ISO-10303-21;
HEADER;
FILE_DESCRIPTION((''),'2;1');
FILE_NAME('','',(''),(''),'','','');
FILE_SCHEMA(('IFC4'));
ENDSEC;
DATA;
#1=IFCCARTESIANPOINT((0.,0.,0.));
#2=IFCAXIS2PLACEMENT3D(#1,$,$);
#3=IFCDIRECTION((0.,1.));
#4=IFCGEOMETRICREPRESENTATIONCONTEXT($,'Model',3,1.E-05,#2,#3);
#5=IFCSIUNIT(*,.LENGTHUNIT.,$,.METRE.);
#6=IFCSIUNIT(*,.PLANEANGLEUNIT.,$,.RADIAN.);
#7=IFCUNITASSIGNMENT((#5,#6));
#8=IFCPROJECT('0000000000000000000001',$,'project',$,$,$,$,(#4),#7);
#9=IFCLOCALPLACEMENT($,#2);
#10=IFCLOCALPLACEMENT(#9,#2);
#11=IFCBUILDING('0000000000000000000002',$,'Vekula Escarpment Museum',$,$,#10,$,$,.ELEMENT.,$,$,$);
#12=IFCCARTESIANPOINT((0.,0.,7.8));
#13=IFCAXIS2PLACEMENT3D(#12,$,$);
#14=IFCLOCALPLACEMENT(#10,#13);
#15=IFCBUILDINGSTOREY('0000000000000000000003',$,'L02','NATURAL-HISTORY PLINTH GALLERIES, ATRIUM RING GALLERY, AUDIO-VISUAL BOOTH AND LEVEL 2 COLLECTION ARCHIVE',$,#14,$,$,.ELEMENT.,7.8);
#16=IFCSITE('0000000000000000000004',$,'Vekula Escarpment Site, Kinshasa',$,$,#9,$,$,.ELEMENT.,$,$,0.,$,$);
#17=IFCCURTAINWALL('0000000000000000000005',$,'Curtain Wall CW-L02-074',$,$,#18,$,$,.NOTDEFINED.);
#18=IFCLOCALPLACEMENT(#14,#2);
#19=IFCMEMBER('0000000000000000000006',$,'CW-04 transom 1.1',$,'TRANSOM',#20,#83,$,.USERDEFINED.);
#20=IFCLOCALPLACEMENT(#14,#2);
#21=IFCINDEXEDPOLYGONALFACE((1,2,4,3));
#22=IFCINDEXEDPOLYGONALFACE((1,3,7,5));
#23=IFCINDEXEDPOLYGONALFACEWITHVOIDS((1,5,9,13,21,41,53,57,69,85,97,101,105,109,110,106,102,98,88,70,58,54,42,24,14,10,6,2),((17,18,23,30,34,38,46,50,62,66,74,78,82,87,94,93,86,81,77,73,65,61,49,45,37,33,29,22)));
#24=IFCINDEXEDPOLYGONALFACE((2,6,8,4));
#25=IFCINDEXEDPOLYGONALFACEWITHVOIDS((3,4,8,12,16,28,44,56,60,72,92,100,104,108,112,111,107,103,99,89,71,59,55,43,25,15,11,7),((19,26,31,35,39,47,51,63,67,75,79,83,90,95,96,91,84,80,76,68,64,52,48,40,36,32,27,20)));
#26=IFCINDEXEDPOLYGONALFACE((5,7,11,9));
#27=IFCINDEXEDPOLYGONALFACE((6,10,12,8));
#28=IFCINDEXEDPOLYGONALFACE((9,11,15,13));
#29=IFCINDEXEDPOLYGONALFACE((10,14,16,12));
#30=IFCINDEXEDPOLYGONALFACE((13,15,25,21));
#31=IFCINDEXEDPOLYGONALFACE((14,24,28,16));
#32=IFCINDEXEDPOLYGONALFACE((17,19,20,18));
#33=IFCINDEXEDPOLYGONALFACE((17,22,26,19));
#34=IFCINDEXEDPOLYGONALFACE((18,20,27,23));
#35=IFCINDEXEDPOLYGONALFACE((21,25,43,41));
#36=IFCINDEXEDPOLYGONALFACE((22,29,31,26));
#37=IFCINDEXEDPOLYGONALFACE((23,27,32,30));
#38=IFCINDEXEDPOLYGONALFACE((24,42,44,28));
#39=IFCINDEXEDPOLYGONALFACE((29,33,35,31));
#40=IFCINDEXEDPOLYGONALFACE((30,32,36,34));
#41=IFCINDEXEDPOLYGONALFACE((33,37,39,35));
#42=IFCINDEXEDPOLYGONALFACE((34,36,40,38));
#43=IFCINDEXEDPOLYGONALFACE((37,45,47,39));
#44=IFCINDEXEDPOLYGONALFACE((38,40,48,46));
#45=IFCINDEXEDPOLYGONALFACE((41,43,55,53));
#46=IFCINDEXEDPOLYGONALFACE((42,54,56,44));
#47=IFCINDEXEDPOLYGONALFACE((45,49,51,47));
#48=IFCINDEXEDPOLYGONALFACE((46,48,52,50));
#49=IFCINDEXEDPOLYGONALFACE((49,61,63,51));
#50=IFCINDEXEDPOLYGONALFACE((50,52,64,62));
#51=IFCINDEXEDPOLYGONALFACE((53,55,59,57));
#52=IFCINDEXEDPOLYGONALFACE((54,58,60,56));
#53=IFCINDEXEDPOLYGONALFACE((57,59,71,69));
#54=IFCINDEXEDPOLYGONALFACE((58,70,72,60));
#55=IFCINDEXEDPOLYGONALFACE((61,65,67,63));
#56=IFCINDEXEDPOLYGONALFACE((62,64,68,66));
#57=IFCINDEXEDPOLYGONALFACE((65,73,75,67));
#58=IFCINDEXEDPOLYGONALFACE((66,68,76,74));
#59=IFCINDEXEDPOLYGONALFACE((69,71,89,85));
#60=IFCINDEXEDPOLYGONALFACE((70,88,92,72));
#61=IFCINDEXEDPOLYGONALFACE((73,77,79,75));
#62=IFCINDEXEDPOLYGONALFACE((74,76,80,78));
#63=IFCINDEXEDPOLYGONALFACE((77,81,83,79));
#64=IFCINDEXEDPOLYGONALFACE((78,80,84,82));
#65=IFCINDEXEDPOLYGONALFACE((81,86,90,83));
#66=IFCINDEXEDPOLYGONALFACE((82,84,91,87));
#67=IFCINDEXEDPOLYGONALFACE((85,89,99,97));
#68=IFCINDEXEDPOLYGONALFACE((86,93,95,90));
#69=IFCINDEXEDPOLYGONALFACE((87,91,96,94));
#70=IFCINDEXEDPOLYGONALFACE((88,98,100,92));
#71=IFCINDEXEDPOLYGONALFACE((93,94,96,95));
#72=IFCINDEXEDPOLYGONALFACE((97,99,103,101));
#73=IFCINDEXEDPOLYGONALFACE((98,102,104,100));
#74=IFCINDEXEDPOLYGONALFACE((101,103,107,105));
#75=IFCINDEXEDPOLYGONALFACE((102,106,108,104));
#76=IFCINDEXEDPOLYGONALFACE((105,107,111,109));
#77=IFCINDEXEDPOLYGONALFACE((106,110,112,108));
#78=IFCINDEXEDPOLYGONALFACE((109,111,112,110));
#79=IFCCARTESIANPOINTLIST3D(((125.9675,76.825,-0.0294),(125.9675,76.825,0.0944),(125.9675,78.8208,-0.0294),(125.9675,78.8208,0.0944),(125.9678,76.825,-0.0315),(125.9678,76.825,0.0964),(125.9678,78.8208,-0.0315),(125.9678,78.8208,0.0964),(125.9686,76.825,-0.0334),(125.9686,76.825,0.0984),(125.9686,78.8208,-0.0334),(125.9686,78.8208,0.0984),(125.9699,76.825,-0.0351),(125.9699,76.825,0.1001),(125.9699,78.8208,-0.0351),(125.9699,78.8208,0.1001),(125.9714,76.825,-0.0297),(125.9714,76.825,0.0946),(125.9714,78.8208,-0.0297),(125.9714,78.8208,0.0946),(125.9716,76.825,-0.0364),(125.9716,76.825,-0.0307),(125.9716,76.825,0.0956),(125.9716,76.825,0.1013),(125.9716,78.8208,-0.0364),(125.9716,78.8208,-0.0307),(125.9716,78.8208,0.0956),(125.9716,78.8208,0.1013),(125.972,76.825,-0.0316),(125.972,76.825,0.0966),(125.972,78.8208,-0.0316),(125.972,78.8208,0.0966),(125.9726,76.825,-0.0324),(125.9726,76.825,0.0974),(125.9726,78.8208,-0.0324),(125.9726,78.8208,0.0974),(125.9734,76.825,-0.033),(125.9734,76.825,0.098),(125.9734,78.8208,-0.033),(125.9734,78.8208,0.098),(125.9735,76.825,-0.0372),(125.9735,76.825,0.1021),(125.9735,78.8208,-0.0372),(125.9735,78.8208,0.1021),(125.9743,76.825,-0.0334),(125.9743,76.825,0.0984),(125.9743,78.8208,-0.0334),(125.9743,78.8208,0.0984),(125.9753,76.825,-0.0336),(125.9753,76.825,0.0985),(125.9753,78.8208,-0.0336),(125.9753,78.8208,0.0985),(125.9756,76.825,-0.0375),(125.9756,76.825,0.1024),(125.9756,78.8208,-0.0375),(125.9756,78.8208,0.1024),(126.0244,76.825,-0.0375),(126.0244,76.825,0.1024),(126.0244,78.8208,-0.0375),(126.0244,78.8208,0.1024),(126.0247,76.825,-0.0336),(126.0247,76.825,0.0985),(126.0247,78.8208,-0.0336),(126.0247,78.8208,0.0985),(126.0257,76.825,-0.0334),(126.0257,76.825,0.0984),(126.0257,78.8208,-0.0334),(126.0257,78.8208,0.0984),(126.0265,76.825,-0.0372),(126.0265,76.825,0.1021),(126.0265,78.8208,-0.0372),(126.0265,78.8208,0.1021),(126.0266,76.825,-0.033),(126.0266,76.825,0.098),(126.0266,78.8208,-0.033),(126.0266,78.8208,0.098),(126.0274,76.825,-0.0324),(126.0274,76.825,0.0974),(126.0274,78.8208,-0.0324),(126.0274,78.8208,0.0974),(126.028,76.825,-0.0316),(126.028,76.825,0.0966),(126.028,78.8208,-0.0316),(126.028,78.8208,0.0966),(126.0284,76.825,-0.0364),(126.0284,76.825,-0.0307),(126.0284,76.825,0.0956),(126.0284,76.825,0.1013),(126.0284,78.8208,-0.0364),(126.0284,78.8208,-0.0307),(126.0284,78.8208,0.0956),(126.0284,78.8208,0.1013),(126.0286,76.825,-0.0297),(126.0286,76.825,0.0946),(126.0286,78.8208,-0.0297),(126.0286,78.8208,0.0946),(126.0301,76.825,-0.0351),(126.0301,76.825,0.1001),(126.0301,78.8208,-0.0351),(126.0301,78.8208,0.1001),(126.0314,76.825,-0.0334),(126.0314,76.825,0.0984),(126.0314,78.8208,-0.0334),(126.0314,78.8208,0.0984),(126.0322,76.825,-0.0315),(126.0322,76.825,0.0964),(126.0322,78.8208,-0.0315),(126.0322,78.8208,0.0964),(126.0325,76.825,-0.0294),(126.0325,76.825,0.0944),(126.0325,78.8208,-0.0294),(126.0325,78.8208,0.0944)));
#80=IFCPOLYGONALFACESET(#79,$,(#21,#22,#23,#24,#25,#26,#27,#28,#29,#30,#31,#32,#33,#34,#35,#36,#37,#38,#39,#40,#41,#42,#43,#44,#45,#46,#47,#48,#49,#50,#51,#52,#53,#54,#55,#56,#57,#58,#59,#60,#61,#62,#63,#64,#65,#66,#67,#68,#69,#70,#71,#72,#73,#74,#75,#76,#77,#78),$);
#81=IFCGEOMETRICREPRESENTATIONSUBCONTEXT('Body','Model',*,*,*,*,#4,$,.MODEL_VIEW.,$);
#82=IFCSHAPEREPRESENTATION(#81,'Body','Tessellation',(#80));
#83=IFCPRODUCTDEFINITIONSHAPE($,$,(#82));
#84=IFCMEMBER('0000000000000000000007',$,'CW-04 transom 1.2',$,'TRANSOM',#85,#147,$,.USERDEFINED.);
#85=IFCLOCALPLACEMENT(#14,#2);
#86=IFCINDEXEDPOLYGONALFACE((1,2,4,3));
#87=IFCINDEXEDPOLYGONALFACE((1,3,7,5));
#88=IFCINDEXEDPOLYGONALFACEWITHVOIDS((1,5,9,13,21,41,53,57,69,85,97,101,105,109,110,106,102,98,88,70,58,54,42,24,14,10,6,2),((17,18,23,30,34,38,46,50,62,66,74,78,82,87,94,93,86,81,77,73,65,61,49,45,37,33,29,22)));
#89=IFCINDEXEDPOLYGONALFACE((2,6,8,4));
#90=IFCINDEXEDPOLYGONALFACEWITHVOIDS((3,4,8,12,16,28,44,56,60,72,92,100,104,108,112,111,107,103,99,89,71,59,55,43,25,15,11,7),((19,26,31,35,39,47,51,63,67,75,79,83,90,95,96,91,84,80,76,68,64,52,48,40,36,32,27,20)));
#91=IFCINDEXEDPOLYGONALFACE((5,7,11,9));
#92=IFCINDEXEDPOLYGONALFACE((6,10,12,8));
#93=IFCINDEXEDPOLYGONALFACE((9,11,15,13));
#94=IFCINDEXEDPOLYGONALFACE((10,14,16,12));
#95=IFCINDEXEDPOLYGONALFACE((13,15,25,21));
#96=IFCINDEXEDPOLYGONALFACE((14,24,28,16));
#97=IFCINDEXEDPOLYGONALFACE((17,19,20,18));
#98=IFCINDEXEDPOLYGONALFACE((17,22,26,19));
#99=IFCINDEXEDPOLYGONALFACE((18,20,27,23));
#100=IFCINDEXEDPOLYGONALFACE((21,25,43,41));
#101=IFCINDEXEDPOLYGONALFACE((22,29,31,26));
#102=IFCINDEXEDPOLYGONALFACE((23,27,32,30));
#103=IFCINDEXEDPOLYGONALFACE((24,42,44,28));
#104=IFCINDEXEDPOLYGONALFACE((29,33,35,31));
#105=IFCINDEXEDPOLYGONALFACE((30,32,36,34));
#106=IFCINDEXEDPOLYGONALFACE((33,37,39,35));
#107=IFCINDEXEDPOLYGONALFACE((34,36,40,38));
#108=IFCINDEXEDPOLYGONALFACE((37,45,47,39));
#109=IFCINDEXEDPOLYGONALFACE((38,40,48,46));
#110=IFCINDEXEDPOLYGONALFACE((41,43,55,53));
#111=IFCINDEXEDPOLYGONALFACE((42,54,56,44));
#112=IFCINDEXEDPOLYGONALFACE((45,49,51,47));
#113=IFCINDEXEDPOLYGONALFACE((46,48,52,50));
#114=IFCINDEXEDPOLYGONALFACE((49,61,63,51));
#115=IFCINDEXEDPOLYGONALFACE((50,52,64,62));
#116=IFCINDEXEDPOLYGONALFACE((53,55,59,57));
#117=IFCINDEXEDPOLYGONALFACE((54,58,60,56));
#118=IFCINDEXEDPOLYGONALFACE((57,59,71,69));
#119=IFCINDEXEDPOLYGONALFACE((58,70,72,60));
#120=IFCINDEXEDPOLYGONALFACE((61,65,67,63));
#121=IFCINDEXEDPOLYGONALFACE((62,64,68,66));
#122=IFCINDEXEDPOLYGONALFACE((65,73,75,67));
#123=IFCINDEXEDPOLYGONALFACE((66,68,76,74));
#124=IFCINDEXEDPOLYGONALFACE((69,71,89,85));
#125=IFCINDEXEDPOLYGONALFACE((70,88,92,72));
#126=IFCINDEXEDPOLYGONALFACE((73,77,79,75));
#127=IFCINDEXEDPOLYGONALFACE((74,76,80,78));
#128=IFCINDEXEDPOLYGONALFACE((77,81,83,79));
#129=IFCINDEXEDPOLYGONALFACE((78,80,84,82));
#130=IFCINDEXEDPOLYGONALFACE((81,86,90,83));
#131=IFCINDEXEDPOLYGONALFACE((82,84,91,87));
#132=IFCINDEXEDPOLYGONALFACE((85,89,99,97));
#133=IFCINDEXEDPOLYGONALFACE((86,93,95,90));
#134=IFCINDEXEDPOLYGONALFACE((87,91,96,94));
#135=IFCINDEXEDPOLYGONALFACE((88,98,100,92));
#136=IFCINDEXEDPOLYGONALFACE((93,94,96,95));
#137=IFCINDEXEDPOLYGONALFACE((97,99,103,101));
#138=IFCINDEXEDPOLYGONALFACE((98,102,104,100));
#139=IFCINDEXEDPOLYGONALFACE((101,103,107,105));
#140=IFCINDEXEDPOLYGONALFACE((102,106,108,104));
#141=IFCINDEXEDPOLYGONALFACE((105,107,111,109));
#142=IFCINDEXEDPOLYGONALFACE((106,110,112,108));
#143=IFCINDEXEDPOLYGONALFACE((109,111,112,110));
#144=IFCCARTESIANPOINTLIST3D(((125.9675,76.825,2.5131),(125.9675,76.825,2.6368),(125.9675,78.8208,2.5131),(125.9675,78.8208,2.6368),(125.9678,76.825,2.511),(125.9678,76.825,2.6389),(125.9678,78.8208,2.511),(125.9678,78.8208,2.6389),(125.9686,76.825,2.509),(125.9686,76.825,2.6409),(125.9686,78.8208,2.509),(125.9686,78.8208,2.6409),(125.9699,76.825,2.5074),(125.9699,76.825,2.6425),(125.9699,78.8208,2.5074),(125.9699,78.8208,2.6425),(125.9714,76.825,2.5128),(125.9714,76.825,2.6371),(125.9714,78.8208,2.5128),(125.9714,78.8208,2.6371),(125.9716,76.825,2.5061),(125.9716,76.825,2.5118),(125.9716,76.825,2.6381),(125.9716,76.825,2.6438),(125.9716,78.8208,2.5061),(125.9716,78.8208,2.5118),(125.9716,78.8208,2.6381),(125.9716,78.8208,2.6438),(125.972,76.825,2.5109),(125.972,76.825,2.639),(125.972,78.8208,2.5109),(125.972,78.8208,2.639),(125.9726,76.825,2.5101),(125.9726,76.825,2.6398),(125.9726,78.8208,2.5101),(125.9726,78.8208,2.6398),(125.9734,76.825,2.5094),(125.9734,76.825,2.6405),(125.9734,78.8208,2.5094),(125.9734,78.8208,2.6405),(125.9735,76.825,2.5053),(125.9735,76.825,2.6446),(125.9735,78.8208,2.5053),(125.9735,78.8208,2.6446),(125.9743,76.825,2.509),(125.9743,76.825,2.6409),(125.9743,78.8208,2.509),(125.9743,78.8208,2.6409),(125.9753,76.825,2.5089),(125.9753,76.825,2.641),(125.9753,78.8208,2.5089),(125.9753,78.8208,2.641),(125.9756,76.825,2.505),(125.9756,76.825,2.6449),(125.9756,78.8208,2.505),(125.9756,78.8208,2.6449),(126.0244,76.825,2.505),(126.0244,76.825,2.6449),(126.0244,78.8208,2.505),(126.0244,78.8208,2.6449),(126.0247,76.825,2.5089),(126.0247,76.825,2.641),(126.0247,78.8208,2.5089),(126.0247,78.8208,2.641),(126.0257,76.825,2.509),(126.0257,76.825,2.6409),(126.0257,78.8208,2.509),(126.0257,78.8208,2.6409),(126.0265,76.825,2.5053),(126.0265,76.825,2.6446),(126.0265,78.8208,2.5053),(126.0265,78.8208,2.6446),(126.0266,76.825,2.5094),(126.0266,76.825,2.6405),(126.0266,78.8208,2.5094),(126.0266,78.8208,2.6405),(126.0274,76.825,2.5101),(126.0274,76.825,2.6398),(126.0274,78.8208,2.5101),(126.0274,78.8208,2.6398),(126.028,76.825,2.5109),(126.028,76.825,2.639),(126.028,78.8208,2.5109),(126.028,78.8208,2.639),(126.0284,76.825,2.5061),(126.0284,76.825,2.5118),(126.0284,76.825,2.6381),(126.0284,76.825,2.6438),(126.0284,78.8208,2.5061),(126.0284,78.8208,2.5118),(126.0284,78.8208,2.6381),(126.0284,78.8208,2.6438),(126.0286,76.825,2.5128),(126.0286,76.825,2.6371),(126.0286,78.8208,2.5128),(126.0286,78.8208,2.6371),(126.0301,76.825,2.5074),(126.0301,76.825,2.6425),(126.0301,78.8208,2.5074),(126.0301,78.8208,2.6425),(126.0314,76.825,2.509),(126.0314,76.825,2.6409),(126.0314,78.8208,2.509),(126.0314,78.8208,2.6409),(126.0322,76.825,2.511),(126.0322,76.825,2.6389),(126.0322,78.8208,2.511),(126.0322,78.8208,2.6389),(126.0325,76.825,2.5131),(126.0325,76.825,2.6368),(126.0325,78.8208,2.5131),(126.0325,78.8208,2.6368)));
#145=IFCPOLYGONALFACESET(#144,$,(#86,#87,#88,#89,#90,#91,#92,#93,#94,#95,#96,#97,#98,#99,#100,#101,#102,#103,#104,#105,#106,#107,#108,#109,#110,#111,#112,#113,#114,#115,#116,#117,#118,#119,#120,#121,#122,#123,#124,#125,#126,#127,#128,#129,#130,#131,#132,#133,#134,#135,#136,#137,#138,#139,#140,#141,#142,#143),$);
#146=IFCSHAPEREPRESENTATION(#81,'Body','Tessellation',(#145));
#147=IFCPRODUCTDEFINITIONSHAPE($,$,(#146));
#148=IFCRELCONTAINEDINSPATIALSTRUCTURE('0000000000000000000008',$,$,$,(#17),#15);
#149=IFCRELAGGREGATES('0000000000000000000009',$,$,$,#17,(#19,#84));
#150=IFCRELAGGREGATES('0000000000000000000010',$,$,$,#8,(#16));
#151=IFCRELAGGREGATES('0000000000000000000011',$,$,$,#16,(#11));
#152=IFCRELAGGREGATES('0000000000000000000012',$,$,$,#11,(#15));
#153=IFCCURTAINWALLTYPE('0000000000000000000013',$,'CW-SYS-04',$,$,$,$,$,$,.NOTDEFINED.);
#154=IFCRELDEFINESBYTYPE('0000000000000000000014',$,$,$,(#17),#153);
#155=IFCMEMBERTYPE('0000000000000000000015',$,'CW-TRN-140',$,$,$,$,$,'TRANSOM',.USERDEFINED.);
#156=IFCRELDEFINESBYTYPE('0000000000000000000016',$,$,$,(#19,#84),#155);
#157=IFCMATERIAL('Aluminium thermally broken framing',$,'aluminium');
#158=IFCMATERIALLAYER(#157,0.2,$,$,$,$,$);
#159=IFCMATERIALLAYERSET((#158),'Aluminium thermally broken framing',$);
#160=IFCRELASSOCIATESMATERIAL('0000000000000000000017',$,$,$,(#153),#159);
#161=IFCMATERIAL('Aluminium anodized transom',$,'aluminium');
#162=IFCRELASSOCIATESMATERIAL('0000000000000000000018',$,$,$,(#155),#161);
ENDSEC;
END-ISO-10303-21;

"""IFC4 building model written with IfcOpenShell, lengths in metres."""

from ifc_helpers import new_model, si_unit, direction, frame, origin, origin_2d, place, context, subcontext, project, spatial, hollow_rectangle, extrude, material, layer, layer_set, material_profile, profile_set, type_object, element, aggregate, save


model = new_model("IFC4")

# Units and contexts
model_context = context("Model", 3, precision=1e-05, world=origin(), true_north=direction((0.0, 1.0)))
body_context = subcontext(model_context, "Body", "Model", "MODEL_VIEW")
ifc_project = project(units=[si_unit("LENGTHUNIT", "METRE"), si_unit("PLANEANGLEUNIT", "RADIAN")], contexts=[model_context])

# Site, building, storey
site_placement = place(None, origin())
site = spatial("IfcSite", under=ifc_project, at=site_placement, Name="Vekula Escarpment Site, Kinshasa", CompositionType="ELEMENT", RefElevation=0.0)
building_placement = place(site_placement, origin())
building = spatial("IfcBuilding", under=site, at=building_placement, Name="Vekula Escarpment Museum", CompositionType="ELEMENT")
storey_placement = place(building_placement, frame((0.0, 0.0, 7.8)))
storey = spatial("IfcBuildingStorey", under=building, at=storey_placement, Name="L02", Description="NATURAL-HISTORY PLINTH GALLERIES, ATRIUM RING GALLERY, AUDIO-VISUAL BOOTH AND LEVEL 2 COLLECTION ARCHIVE", CompositionType="ELEMENT", Elevation=7.8)

# Curtain wall
ifc_material_1 = material(Name="Aluminium thermally broken framing", Category="aluminium")
ifc_layer_1 = layer(ifc_material_1, 0.2)
ifc_layer_set_1 = layer_set([ifc_layer_1], Name="Aluminium thermally broken framing")
curtain_wall_type_1 = type_object("IfcCurtainWallType", Name="CW-SYS-04", PredefinedType="NOTDEFINED", material=ifc_layer_set_1)
curtain_wall_1_placement = place(storey_placement, origin())
curtain_wall_1 = element("IfcCurtainWall", 1, at=curtain_wall_1_placement, inside=storey, type_object=curtain_wall_type_1, Name="Curtain Wall CW-L02-074", PredefinedType="NOTDEFINED")

# Members
ifc_material_2 = material(Name="Aluminium anodized transom", Category="aluminium")
ifc_material_profile_1 = material_profile(ifc_material_2, hollow_rectangle(XDim=0.0649, YDim=0.1399, WallThickness=0.0039, InnerFilletRadius=0.0039, OuterFilletRadius=0.0081, at=origin_2d()), Name="ALU 140x65x4")
ifc_profile_set_1 = profile_set([ifc_material_profile_1], Name="Aluminium anodized transom")
member_type_1 = type_object("IfcMemberType", Name="CW-TRN-140", ElementType="TRANSOM", PredefinedType="USERDEFINED", material=ifc_profile_set_1)
member_1_placement = place(storey_placement, frame((126.0, 76.825, 0.0325), z_axis=(0.0, 1.0, 0.0), x_axis=(-1.0, 0.0, 0.0)))
member_1 = element("IfcMember", 2, at=member_1_placement, type_object=member_type_1, Name="CW-04 transom 1.1", ObjectType="TRANSOM", PredefinedType="USERDEFINED", context=body_context, shape_type="SweptSolid", body=[
    extrude(hollow_rectangle(XDim=0.0649, YDim=0.1399, WallThickness=0.0039, InnerFilletRadius=0.0039, OuterFilletRadius=0.0081, at=origin_2d()), origin(), (0.0, 0.0, 1.0), 1.9958),
])
member_2_placement = place(storey_placement, frame((126.0, 76.825, 2.575), z_axis=(0.0, 1.0, 0.0), x_axis=(-1.0, 0.0, 0.0)))
member_2 = element("IfcMember", 3, at=member_2_placement, type_object=member_type_1, Name="CW-04 transom 1.2", ObjectType="TRANSOM", PredefinedType="USERDEFINED", context=body_context, shape_type="SweptSolid", body=[
    extrude(hollow_rectangle(XDim=0.0649, YDim=0.1399, WallThickness=0.0039, InnerFilletRadius=0.0039, OuterFilletRadius=0.0081, at=origin_2d()), origin(), (0.0, 0.0, 1.0), 1.9958),
])

aggregate(curtain_wall_1, [member_1, member_2])

save(model, "model.ifc")
